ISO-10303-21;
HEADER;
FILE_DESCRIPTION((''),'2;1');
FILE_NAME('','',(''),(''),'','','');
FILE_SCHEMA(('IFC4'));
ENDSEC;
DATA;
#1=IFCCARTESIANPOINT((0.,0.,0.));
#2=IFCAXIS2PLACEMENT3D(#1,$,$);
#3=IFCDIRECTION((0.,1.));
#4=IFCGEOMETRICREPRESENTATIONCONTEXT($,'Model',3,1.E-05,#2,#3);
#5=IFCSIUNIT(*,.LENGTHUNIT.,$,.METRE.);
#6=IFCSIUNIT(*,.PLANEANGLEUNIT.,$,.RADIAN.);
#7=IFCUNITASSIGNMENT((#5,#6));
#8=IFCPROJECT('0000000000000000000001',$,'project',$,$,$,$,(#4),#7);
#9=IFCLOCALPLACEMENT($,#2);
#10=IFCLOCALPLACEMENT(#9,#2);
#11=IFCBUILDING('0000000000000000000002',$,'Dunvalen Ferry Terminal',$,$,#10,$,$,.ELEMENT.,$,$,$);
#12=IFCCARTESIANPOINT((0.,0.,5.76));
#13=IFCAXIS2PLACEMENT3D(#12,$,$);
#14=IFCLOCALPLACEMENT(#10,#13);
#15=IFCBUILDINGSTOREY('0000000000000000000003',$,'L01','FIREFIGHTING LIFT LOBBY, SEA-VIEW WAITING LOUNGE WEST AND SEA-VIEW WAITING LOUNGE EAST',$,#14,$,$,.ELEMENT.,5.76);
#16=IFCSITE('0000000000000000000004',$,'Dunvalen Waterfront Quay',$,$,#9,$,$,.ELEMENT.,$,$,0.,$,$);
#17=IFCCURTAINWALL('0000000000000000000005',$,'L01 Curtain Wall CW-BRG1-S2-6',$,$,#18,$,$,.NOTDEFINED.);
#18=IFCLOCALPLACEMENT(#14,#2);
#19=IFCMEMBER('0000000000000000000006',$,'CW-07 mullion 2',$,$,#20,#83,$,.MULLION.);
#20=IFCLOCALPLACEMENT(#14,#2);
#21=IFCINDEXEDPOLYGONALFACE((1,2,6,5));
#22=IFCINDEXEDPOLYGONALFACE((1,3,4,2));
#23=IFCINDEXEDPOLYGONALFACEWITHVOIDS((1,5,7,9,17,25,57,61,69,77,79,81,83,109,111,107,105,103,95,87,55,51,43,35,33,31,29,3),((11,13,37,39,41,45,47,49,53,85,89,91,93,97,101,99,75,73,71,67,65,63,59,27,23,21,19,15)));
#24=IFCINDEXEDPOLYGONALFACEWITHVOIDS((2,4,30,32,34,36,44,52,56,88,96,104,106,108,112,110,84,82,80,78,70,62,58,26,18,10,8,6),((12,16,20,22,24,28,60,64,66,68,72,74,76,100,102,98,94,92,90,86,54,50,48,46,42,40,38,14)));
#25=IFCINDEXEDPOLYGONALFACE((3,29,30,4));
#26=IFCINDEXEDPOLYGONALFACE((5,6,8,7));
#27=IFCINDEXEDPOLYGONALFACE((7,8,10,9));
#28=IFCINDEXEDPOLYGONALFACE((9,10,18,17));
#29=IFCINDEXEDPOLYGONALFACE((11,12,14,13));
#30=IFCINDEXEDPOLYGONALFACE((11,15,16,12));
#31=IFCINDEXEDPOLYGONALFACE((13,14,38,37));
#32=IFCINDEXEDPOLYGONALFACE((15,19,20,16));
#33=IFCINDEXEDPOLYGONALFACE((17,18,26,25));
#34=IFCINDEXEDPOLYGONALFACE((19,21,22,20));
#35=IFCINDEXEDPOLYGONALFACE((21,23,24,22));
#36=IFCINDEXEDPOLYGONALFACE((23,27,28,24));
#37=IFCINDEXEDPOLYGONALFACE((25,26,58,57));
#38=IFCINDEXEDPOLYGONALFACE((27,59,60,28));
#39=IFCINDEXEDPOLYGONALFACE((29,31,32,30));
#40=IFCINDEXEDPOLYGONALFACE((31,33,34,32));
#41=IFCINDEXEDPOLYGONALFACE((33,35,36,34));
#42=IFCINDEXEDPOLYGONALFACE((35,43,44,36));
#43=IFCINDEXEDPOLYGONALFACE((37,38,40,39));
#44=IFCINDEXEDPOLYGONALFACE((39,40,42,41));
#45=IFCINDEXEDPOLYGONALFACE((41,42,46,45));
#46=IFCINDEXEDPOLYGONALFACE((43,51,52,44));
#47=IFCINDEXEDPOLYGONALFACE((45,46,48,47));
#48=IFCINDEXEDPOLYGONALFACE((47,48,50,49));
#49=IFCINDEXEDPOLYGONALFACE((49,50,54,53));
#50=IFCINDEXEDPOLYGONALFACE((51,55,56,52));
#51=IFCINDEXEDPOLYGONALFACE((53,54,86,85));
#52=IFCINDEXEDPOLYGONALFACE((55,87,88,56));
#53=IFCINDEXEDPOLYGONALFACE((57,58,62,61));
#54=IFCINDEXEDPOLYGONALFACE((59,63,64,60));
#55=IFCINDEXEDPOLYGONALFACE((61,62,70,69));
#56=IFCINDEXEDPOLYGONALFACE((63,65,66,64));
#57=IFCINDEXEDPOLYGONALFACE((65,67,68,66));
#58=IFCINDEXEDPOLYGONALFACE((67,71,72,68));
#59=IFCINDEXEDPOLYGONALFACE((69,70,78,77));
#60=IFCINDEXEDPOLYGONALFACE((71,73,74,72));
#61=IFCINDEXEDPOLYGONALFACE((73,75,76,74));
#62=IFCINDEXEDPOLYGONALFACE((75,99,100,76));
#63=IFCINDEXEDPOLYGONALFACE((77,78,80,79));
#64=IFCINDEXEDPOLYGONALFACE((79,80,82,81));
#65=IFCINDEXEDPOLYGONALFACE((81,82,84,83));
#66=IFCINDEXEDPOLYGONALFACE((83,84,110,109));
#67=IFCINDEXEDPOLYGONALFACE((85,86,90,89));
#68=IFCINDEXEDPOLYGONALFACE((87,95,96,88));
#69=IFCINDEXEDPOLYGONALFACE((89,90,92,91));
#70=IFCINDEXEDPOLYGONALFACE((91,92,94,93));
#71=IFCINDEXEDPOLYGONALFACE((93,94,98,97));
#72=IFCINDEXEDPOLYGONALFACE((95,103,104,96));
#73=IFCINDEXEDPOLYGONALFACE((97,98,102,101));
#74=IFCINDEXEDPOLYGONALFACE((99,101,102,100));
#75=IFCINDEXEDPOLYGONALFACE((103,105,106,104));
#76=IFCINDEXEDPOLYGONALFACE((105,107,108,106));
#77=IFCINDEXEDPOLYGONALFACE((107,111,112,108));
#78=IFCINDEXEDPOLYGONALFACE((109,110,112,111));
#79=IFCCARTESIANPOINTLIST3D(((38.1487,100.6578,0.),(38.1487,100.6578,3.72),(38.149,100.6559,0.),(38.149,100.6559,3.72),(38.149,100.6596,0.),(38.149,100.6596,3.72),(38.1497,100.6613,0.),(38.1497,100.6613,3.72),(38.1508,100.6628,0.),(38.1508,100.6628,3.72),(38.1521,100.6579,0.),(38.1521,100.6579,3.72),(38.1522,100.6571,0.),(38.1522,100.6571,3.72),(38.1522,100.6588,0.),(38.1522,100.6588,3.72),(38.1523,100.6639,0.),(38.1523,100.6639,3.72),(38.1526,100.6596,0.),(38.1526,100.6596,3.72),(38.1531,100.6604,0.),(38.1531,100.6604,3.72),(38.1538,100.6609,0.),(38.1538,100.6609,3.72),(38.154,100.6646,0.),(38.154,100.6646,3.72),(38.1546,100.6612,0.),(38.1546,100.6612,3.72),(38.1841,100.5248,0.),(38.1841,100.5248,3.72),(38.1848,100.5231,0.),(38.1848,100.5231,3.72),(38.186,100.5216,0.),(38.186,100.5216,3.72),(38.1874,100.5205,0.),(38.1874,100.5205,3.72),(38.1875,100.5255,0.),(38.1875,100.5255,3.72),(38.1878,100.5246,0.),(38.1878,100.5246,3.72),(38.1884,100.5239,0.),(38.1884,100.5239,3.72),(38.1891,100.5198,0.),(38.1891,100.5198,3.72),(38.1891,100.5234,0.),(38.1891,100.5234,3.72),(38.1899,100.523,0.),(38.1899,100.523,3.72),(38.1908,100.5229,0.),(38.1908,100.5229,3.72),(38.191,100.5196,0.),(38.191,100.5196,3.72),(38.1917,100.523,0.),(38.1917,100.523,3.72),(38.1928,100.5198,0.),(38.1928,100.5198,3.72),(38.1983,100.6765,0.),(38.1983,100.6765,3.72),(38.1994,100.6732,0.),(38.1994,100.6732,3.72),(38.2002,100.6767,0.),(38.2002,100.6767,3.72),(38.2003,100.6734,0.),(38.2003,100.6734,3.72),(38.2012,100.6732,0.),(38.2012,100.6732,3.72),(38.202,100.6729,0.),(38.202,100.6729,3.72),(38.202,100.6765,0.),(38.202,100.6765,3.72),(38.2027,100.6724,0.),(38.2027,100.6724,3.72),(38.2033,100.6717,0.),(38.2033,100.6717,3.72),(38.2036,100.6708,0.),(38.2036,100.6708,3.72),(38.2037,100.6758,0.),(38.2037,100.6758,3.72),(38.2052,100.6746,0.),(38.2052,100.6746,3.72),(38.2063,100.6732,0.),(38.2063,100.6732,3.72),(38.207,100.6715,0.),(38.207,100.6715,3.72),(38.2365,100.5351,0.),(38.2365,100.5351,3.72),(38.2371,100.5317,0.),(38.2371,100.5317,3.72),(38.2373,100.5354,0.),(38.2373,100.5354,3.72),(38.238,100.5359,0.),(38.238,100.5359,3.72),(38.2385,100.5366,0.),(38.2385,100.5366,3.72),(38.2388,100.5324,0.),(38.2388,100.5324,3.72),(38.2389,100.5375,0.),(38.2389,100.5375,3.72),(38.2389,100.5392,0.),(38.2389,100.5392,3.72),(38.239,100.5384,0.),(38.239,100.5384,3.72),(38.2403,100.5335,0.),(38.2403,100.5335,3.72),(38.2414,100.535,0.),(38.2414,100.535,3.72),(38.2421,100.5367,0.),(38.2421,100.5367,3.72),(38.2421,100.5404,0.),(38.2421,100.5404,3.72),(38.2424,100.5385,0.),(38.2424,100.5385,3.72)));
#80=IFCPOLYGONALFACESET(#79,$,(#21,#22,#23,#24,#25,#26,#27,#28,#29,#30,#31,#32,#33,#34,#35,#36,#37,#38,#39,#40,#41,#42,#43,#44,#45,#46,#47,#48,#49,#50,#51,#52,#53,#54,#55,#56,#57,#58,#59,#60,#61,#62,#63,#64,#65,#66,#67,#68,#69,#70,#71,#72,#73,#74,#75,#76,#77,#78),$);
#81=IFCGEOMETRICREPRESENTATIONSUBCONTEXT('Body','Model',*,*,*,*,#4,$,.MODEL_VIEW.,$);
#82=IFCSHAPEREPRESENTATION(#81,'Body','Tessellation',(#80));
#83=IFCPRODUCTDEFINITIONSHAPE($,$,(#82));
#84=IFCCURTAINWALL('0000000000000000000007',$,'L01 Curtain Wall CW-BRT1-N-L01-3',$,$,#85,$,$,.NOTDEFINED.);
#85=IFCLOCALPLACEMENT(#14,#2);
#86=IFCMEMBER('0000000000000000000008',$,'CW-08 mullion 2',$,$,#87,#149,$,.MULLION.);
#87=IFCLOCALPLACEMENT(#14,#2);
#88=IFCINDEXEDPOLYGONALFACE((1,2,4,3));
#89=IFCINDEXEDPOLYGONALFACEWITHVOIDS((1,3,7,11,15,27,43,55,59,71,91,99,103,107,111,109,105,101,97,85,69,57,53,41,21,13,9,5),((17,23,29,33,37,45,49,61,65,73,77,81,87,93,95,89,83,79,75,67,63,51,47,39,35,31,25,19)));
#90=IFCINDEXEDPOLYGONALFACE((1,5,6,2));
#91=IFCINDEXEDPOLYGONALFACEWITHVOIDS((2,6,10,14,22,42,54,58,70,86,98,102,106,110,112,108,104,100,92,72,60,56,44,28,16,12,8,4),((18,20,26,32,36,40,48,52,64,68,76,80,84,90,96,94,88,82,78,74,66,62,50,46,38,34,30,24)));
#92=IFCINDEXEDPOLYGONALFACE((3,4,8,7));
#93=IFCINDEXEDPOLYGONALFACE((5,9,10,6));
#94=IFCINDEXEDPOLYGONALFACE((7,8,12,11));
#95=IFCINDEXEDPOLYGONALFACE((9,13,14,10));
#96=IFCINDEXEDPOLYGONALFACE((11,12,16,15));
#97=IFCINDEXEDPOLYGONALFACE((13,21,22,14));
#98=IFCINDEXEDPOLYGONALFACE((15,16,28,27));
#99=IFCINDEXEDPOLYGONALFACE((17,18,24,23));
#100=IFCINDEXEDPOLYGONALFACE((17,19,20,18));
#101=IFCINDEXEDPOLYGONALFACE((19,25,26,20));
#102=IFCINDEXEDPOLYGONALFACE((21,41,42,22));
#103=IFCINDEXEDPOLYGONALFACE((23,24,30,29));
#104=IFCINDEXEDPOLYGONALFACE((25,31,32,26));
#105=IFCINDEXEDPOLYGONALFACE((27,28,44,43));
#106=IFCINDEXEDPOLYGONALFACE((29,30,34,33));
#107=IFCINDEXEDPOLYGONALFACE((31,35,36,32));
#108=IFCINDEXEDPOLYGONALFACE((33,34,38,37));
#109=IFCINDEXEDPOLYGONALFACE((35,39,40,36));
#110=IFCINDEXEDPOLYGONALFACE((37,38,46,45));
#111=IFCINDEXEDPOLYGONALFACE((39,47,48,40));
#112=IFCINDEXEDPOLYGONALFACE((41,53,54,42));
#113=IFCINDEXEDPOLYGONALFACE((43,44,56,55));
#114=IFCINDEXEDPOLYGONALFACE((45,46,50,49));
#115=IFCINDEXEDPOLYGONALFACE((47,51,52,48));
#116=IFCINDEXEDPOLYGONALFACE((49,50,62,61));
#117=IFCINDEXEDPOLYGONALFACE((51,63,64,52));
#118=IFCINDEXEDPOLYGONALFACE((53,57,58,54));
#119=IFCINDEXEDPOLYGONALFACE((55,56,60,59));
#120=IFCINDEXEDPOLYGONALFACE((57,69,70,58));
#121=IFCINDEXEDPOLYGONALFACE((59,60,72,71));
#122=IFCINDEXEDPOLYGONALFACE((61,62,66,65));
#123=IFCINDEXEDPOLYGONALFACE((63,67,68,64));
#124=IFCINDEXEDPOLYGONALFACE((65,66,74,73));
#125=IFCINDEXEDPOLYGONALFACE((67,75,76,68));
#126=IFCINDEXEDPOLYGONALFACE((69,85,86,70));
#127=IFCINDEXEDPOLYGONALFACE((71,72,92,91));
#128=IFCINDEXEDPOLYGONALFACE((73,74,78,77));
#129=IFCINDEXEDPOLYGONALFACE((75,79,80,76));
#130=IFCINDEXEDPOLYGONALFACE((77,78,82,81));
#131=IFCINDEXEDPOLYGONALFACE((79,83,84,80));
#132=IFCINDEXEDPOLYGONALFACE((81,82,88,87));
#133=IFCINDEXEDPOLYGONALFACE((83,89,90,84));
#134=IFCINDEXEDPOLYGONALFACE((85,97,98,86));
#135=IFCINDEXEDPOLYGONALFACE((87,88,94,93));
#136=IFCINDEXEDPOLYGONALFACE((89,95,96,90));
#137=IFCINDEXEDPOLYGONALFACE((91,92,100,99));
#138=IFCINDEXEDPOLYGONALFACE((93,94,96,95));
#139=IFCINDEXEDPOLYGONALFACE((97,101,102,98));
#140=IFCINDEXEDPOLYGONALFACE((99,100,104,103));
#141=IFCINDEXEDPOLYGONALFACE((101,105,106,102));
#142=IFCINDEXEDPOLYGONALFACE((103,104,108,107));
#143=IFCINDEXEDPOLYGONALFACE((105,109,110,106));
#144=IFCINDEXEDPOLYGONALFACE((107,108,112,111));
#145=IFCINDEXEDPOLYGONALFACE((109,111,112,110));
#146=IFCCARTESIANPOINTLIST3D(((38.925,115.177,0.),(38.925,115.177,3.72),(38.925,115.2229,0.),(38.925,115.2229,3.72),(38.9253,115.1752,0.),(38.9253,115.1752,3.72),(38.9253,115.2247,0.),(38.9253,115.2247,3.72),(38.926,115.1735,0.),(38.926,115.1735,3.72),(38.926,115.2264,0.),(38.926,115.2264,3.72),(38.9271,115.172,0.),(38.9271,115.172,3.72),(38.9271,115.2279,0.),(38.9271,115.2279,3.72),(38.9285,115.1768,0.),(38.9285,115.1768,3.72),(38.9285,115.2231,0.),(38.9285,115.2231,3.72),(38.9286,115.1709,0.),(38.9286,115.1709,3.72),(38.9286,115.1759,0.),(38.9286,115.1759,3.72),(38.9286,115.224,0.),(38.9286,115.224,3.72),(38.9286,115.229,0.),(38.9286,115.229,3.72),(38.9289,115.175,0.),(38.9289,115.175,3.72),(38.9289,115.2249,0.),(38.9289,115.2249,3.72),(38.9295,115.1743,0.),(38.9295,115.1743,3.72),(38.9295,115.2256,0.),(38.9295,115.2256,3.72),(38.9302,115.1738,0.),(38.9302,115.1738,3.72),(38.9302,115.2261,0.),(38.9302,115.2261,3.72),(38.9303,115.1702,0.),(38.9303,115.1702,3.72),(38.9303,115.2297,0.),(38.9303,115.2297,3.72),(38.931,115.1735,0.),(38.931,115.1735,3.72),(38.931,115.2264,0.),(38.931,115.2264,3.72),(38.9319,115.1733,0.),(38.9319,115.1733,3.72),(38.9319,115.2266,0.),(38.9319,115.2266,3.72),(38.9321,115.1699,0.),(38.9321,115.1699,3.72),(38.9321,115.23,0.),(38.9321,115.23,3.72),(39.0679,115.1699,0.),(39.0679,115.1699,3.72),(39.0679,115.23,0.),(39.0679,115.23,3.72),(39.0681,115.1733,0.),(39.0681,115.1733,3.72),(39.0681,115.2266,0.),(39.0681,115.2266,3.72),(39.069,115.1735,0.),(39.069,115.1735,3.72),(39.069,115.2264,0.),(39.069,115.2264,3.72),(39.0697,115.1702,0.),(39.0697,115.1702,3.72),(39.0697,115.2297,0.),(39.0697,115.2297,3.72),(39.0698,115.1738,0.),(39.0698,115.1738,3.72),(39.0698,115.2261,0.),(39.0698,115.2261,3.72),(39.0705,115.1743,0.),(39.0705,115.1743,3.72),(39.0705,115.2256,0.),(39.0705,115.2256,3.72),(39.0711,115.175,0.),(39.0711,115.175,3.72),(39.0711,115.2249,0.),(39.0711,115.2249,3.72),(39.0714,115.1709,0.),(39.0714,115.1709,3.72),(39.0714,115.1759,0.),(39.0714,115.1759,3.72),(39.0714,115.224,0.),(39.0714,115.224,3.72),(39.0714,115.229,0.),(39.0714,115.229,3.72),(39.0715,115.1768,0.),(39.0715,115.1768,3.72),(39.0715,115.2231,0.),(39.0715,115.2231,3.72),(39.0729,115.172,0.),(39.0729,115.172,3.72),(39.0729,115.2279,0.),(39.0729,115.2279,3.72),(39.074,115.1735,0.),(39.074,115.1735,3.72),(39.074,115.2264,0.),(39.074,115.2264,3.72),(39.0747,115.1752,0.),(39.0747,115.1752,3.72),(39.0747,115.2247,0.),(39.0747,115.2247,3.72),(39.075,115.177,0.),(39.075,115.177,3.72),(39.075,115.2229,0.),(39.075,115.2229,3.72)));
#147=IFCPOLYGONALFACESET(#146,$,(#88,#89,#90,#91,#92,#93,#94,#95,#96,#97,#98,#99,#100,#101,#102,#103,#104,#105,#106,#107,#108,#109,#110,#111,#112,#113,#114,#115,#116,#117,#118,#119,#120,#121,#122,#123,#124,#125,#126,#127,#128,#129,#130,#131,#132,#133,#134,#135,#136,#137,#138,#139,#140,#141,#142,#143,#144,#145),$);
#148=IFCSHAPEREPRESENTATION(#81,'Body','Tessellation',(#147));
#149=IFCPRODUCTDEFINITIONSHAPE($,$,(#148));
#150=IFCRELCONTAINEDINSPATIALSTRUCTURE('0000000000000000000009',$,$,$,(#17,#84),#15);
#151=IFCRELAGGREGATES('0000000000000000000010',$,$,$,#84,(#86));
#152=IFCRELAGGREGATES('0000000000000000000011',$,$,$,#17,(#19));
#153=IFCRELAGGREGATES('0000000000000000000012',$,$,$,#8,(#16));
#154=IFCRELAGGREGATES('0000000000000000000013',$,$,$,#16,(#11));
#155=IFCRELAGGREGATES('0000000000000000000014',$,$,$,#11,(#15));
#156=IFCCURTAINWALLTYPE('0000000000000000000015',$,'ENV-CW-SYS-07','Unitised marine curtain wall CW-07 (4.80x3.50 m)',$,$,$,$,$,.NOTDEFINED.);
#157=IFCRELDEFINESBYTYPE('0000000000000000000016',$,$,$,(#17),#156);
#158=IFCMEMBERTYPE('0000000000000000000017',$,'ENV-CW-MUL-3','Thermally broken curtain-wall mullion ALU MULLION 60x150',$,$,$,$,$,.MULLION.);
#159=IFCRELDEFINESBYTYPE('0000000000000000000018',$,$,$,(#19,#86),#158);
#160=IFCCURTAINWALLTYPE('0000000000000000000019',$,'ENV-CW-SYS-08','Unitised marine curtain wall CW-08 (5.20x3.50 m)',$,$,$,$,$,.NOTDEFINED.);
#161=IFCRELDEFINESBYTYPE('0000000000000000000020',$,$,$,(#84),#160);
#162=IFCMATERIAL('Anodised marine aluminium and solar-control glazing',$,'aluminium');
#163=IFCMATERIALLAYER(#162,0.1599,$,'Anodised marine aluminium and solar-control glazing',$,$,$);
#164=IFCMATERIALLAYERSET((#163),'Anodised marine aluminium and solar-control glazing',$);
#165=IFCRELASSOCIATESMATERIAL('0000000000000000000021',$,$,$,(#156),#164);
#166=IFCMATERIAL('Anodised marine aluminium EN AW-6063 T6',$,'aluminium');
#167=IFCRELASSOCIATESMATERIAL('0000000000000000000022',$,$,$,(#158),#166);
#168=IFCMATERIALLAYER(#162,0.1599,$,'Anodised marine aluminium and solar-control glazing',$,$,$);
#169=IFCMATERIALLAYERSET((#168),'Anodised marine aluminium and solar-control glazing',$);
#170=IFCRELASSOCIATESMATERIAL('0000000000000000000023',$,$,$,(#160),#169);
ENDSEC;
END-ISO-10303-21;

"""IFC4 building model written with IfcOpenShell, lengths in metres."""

from ifc_helpers import new_model, si_unit, direction, frame, origin, origin_2d, place, context, subcontext, project, spatial, hollow_rectangle, extrude, material, layer, layer_set, material_profile, profile_set, type_object, element, aggregate, save


model = new_model("IFC4")

# Units and contexts
model_context = context("Model", 3, precision=1e-05, world=origin(), true_north=direction((0.0, 1.0)))
body_context = subcontext(model_context, "Body", "Model", "MODEL_VIEW")
ifc_project = project(units=[si_unit("LENGTHUNIT", "METRE"), si_unit("PLANEANGLEUNIT", "RADIAN")], contexts=[model_context])

# Site, building, storey
site_placement = place(None, origin())
site = spatial("IfcSite", under=ifc_project, at=site_placement, Name="Dunvalen Waterfront Quay", CompositionType="ELEMENT", RefElevation=0.0)
building_placement = place(site_placement, origin())
building = spatial("IfcBuilding", under=site, at=building_placement, Name="Dunvalen Ferry Terminal", CompositionType="ELEMENT")
storey_placement = place(building_placement, frame((0.0, 0.0, 5.76)))
storey = spatial("IfcBuildingStorey", under=building, at=storey_placement, Name="L01", Description="FIREFIGHTING LIFT LOBBY, SEA-VIEW WAITING LOUNGE WEST AND SEA-VIEW WAITING LOUNGE EAST", CompositionType="ELEMENT", Elevation=5.76)

# Shared definitions
ifc_material_1 = material(Name="Anodised marine aluminium and solar-control glazing", Category="aluminium")
ifc_layer_1 = layer(ifc_material_1, 0.1599, Name="Anodised marine aluminium and solar-control glazing")
ifc_layer_set_1 = layer_set([ifc_layer_1], Name="Anodised marine aluminium and solar-control glazing")
curtain_wall_type_1 = type_object("IfcCurtainWallType", Name="ENV-CW-SYS-07", Description="Unitised marine curtain wall CW-07 (4.80x3.50 m)", PredefinedType="NOTDEFINED", material=ifc_layer_set_1)
ifc_material_2 = material(Name="Anodised marine aluminium EN AW-6063 T6", Category="aluminium")
ifc_material_profile_1 = material_profile(ifc_material_2, hollow_rectangle(XDim=0.0601, YDim=0.1499, WallThickness=0.0034, InnerFilletRadius=0.0034, OuterFilletRadius=0.0071, at=origin_2d()), Name="Anodised marine aluminium EN AW-6063 T6")
ifc_profile_set_1 = profile_set([ifc_material_profile_1], Name="Anodised marine aluminium EN AW-6063 T6")
member_type_1 = type_object("IfcMemberType", Name="ENV-CW-MUL-3", Description="Thermally broken curtain-wall mullion ALU MULLION 60x150", PredefinedType="MULLION", material=ifc_profile_set_1)

# Curtain walls, members
curtain_wall_1_placement = place(storey_placement, origin())
curtain_wall_1 = element("IfcCurtainWall", 1, at=curtain_wall_1_placement, inside=storey, type_object=curtain_wall_type_1, Name="L01 Curtain Wall CW-BRG1-S2-6", PredefinedType="NOTDEFINED")
member_1_placement = place(storey_placement, frame((38.1956, 100.5981, 0.0), z_axis=(0.0, 0.0, 1.0), x_axis=(-0.965923, -0.25883, 0.0)))
member_1 = element("IfcMember", 2, at=member_1_placement, type_object=member_type_1, Name="CW-07 mullion 2", PredefinedType="MULLION", context=body_context, shape_type="SweptSolid", body=[
    extrude(hollow_rectangle(XDim=0.0601, YDim=0.1499, WallThickness=0.0034, InnerFilletRadius=0.0034, OuterFilletRadius=0.0071, at=origin_2d()), origin(), (0.0, 0.0, 1.0), 3.72),
])
ifc_layer_2 = layer(ifc_material_1, 0.1599, Name="Anodised marine aluminium and solar-control glazing")
ifc_layer_set_2 = layer_set([ifc_layer_2], Name="Anodised marine aluminium and solar-control glazing")
curtain_wall_type_2 = type_object("IfcCurtainWallType", Name="ENV-CW-SYS-08", Description="Unitised marine curtain wall CW-08 (5.20x3.50 m)", PredefinedType="NOTDEFINED", material=ifc_layer_set_2)
curtain_wall_2_placement = place(storey_placement, origin())
curtain_wall_2 = element("IfcCurtainWall", 3, at=curtain_wall_2_placement, inside=storey, type_object=curtain_wall_type_2, Name="L01 Curtain Wall CW-BRT1-N-L01-3", PredefinedType="NOTDEFINED")
member_2_placement = place(storey_placement, frame((39.0, 115.2, 0.0), z_axis=(0.0, 0.0, 1.0), x_axis=(0.0, 1.0, 0.0)))
member_2 = element("IfcMember", 4, at=member_2_placement, type_object=member_type_1, Name="CW-08 mullion 2", PredefinedType="MULLION", context=body_context, shape_type="SweptSolid", body=[
    extrude(hollow_rectangle(XDim=0.0601, YDim=0.1499, WallThickness=0.0034, InnerFilletRadius=0.0034, OuterFilletRadius=0.0071, at=origin_2d()), origin(), (0.0, 0.0, 1.0), 3.72),
])

aggregate(curtain_wall_2, [member_2])
aggregate(curtain_wall_1, [member_1])

save(model, "model.ifc")
